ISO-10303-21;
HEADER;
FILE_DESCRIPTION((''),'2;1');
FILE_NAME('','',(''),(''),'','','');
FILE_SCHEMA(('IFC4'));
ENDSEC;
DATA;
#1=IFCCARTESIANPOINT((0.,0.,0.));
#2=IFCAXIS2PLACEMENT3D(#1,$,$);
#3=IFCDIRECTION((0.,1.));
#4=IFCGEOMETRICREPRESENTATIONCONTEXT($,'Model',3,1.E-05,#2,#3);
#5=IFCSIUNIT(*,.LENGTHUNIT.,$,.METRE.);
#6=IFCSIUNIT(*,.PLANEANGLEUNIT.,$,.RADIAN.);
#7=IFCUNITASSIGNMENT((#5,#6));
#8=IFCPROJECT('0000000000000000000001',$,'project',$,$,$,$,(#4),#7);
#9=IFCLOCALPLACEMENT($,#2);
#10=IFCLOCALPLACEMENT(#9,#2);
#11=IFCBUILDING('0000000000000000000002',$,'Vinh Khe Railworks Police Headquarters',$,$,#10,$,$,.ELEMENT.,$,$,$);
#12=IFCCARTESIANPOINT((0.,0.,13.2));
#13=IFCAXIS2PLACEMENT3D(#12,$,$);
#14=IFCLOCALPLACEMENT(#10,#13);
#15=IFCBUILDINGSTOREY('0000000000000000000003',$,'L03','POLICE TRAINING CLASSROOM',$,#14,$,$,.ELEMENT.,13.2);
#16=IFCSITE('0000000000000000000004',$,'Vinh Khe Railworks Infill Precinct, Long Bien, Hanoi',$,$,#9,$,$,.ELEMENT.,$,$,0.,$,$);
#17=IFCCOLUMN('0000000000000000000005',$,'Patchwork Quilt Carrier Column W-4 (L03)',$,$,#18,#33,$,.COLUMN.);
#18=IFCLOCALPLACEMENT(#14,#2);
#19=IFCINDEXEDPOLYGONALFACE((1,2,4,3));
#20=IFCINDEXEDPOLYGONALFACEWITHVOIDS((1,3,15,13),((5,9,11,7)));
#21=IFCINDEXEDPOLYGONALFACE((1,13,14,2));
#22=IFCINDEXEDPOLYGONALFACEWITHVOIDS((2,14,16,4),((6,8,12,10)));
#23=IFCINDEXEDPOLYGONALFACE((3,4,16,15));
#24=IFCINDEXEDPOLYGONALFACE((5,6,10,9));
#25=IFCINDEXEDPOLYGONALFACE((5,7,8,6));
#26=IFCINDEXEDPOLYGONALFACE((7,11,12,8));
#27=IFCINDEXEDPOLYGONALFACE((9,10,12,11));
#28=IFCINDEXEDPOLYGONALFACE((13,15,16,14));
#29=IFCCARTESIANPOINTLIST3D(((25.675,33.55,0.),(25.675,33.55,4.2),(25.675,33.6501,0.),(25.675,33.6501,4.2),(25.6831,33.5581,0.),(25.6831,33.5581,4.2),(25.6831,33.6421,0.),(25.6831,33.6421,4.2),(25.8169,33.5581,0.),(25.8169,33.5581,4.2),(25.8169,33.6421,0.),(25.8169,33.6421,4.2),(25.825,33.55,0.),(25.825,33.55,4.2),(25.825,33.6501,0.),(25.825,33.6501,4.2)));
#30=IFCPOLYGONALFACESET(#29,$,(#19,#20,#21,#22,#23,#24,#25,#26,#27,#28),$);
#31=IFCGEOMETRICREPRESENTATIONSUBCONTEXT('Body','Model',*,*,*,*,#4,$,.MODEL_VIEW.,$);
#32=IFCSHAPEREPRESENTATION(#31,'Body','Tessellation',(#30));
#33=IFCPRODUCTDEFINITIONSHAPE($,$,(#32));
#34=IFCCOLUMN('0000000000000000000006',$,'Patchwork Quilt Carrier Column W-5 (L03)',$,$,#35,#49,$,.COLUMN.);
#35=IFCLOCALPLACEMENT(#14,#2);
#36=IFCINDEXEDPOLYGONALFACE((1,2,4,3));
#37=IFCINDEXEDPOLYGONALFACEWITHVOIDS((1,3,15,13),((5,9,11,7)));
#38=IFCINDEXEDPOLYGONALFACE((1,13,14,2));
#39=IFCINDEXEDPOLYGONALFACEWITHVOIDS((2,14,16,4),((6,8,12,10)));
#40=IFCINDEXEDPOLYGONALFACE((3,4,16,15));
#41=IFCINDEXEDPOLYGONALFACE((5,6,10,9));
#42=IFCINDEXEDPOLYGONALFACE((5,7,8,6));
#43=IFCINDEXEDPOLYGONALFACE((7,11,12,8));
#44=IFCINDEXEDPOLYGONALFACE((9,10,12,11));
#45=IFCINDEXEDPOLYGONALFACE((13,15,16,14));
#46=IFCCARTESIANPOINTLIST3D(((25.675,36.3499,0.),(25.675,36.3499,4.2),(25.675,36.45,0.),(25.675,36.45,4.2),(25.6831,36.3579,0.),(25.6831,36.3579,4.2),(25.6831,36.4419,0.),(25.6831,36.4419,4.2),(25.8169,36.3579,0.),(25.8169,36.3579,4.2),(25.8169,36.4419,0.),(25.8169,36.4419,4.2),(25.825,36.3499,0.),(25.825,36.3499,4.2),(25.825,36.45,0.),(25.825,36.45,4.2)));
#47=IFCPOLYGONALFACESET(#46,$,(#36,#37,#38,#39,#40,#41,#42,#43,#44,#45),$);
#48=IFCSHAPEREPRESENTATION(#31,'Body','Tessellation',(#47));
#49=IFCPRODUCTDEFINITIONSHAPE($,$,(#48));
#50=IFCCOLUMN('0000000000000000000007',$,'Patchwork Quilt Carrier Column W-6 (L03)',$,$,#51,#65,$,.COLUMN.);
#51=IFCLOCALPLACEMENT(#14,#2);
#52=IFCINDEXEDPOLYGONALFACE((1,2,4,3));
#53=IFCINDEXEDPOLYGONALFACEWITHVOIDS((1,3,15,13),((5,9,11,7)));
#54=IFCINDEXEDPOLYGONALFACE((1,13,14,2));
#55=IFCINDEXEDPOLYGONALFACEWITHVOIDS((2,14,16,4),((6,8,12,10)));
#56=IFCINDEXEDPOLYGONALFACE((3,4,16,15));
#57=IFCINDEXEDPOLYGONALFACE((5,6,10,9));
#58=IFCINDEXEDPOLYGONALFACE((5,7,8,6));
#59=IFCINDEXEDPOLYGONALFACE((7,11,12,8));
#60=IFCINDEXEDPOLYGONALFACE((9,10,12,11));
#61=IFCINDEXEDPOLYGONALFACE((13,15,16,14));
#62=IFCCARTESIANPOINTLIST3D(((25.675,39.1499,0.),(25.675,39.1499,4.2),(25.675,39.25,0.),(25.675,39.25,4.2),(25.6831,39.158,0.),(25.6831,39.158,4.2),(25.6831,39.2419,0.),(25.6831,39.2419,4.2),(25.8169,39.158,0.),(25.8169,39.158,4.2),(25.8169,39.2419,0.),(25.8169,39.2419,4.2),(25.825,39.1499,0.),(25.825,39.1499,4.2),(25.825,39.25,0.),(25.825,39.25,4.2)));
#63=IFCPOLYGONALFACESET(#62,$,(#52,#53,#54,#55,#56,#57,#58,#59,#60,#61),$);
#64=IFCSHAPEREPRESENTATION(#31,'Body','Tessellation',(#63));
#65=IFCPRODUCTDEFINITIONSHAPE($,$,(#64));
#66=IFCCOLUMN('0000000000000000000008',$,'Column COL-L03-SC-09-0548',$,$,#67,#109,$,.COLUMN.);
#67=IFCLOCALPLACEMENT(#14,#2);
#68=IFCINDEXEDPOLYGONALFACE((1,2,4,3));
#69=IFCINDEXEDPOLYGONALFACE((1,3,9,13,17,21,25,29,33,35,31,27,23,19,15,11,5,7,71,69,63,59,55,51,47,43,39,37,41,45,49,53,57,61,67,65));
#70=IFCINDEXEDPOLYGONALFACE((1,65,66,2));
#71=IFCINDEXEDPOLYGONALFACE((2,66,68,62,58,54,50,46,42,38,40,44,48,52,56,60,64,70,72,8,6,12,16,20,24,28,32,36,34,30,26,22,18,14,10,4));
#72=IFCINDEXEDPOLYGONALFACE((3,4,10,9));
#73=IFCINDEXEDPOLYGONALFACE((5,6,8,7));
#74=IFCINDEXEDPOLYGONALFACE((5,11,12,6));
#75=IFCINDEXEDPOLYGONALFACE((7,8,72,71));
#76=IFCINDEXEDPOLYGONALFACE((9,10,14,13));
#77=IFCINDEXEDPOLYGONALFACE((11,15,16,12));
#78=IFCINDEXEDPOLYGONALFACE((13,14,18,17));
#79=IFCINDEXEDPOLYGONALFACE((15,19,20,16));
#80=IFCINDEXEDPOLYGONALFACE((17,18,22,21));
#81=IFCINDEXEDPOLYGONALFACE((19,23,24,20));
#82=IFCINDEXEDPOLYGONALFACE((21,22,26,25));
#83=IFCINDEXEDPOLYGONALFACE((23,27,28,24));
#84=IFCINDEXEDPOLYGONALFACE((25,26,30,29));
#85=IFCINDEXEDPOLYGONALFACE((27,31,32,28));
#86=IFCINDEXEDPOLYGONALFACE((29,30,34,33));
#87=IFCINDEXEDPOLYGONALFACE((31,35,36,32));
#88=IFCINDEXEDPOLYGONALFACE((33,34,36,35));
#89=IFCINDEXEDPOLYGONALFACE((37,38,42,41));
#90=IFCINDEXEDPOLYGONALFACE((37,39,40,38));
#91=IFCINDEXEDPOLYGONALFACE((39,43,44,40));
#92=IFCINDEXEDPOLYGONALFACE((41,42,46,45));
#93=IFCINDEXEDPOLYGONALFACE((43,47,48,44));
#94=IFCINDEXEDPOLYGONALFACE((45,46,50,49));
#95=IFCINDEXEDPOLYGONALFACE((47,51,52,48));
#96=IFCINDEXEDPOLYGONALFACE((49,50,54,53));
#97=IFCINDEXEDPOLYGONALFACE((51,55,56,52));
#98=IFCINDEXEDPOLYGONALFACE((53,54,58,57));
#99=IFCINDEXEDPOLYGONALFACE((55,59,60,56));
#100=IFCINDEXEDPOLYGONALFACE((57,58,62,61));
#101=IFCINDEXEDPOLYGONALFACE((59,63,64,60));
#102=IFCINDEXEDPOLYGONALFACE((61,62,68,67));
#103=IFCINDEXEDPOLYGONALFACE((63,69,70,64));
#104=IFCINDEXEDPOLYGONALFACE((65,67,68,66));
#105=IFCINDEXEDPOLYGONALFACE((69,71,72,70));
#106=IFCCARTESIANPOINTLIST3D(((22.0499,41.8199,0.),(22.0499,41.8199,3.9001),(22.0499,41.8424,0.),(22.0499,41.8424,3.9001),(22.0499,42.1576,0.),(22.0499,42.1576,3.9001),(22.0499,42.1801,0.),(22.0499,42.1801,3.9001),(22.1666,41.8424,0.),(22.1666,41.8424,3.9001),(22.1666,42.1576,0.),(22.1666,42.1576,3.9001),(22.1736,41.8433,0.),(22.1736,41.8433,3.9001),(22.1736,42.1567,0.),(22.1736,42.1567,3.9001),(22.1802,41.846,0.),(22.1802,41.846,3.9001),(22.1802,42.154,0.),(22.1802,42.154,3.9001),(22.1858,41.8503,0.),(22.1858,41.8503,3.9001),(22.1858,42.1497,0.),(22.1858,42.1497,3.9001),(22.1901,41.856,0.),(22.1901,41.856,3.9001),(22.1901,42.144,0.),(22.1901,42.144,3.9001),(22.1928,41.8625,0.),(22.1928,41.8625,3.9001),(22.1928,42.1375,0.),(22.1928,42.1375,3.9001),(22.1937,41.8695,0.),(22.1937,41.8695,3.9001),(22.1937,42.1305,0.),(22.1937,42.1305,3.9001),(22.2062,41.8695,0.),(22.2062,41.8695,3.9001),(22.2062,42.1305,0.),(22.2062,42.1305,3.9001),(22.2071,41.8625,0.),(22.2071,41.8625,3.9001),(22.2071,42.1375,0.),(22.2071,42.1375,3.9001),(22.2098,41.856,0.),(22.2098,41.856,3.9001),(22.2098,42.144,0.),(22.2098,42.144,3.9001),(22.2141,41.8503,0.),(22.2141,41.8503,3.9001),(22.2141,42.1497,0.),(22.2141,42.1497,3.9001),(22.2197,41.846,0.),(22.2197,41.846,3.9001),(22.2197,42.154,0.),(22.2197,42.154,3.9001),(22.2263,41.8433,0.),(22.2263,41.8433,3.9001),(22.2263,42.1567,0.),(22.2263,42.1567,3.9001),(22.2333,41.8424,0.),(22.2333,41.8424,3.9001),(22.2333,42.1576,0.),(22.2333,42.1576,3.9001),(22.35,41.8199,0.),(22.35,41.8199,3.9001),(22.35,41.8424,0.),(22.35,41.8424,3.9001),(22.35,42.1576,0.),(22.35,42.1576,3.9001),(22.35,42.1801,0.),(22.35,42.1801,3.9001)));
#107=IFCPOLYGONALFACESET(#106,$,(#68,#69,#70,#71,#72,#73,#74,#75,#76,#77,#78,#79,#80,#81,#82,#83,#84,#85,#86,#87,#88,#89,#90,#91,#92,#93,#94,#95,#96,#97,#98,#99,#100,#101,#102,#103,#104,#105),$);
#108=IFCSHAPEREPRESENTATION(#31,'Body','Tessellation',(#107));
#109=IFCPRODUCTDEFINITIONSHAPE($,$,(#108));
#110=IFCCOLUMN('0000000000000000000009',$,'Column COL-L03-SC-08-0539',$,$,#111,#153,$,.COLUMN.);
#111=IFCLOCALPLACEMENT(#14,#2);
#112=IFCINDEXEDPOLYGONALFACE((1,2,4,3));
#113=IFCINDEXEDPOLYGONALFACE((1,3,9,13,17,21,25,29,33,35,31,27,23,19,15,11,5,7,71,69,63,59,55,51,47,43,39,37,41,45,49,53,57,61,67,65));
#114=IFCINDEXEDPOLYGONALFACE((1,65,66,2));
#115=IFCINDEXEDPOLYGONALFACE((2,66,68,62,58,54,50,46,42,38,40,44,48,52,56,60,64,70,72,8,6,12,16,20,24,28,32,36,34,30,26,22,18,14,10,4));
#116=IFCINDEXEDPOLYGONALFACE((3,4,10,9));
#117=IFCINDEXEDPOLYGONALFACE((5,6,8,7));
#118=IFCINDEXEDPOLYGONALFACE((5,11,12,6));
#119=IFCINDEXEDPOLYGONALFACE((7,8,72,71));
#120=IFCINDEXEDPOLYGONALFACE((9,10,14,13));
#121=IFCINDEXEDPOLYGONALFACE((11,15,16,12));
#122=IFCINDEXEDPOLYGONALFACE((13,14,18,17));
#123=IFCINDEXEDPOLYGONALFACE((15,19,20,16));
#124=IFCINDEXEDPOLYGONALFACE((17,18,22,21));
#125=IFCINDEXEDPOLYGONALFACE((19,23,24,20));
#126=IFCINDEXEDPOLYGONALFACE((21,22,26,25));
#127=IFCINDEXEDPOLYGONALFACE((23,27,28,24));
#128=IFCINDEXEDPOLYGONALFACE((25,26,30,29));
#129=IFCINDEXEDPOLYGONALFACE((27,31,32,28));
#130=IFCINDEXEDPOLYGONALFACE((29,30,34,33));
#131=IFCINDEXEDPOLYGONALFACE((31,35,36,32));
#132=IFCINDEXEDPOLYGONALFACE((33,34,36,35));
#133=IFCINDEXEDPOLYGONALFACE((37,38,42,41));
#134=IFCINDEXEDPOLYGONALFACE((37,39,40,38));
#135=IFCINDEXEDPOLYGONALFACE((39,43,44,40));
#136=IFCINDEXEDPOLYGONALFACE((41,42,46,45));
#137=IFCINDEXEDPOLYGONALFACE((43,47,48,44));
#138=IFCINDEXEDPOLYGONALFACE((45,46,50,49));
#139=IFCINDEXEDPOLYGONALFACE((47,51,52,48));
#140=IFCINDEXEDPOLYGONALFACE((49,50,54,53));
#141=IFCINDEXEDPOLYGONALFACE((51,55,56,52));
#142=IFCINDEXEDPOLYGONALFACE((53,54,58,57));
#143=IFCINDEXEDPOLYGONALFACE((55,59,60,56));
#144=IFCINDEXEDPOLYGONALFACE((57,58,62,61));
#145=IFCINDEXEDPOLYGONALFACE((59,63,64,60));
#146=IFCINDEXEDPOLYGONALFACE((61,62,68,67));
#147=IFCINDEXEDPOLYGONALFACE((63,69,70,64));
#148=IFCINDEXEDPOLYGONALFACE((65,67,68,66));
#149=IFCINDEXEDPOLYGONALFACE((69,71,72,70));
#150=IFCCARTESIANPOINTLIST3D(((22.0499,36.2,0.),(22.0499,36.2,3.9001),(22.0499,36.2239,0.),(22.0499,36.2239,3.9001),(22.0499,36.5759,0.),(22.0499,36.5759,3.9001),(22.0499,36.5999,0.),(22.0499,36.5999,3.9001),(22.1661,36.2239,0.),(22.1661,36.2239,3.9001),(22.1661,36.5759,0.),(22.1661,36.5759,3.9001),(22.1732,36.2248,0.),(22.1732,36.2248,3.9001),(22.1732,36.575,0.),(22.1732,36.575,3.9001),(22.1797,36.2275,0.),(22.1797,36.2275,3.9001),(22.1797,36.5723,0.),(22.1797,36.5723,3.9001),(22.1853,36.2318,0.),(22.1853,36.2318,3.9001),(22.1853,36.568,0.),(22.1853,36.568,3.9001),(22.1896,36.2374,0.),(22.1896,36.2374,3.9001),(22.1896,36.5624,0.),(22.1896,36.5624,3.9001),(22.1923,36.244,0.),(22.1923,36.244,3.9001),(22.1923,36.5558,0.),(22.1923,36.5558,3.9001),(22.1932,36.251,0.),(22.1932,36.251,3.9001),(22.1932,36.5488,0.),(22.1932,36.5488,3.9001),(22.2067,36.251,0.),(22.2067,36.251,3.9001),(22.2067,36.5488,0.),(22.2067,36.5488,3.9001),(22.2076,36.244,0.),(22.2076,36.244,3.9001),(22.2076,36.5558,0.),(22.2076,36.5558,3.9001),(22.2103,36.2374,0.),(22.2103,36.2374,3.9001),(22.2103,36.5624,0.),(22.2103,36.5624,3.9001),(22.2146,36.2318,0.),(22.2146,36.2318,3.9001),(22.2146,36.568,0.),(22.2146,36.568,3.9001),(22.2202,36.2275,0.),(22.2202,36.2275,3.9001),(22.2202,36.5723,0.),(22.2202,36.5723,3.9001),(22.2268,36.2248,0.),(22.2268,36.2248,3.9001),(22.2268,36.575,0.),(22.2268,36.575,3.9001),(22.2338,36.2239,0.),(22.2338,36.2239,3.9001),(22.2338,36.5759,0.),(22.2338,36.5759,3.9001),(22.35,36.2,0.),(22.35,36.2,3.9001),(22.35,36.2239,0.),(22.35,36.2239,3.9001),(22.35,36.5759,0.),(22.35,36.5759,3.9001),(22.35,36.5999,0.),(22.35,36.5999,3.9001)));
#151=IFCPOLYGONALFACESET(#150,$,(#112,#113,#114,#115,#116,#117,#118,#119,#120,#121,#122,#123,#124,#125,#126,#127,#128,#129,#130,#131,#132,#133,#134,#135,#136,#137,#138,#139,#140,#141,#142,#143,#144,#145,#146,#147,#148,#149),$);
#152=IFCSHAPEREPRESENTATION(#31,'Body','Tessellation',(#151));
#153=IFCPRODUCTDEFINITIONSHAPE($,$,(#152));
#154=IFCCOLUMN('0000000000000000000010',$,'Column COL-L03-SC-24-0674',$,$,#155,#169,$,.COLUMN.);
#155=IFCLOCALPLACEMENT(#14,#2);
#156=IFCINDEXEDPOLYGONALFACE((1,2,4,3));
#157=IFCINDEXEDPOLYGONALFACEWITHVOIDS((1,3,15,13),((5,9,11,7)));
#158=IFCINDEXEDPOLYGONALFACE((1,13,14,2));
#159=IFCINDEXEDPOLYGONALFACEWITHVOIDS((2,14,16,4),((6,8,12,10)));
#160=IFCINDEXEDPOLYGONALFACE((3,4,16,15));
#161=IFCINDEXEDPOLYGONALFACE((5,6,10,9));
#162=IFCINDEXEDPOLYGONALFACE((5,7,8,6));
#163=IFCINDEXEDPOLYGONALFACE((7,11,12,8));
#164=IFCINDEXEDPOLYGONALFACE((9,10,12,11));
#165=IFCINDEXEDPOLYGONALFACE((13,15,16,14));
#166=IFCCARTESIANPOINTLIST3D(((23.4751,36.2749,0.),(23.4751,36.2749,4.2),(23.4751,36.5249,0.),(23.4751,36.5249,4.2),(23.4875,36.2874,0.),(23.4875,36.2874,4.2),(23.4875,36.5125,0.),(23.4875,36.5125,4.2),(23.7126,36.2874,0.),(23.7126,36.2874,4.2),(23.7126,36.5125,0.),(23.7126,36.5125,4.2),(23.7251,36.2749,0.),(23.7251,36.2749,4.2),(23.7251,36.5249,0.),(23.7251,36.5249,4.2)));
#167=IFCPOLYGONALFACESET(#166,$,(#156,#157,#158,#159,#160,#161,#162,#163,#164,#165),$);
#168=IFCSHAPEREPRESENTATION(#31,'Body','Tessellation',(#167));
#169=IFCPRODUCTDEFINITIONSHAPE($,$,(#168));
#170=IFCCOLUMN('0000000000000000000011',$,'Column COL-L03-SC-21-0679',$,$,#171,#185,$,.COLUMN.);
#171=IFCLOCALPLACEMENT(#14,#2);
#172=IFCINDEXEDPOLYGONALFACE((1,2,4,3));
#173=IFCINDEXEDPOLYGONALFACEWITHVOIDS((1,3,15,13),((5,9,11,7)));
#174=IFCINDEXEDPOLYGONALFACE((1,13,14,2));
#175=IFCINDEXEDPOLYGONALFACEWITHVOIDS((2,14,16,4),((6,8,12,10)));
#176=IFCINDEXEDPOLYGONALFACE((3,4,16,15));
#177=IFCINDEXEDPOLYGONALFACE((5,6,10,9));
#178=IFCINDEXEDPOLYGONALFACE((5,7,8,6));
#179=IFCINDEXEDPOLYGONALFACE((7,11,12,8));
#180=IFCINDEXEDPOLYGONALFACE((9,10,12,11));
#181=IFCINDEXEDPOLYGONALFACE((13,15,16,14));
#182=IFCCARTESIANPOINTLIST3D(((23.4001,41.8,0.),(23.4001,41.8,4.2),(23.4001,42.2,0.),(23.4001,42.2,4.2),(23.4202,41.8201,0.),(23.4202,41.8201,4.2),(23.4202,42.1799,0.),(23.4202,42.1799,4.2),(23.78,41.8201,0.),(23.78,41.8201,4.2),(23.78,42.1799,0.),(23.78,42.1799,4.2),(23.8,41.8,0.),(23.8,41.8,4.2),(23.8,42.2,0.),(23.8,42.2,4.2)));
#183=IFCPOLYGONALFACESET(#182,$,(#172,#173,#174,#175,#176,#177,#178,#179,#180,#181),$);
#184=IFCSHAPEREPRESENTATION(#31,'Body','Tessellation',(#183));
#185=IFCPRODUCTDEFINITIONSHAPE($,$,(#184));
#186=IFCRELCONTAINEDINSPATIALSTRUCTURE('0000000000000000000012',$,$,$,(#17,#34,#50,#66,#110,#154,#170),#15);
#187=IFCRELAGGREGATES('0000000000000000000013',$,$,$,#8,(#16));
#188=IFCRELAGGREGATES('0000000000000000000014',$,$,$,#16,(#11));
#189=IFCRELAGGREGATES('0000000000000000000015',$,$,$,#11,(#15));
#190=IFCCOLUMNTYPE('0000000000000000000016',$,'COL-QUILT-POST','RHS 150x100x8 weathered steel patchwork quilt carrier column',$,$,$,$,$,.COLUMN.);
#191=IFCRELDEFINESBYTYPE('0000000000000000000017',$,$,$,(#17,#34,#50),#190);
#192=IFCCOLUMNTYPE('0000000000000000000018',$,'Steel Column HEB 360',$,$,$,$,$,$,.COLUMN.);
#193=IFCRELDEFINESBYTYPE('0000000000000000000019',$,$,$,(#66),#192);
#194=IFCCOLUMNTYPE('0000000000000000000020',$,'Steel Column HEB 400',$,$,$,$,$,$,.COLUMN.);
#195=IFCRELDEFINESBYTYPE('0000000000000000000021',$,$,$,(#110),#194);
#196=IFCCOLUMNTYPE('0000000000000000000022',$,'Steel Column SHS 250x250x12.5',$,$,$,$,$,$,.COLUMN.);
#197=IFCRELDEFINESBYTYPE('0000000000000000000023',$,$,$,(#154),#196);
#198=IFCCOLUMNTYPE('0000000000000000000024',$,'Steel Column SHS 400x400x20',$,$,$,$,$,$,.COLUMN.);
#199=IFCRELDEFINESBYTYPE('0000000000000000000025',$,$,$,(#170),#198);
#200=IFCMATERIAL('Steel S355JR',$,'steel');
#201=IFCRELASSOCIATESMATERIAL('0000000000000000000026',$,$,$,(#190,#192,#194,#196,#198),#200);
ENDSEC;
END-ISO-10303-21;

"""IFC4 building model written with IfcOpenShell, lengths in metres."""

from ifc_helpers import new_model, si_unit, direction, frame, origin, origin_2d, place, context, subcontext, project, spatial, hollow_rectangle, i_section, extrude, material, material_profile, profile_set, type_object, element, save


model = new_model("IFC4")

# Units and contexts
model_context = context("Model", 3, precision=1e-05, world=origin(), true_north=direction((0.0, 1.0)))
body_context = subcontext(model_context, "Body", "Model", "MODEL_VIEW")
ifc_project = project(units=[si_unit("LENGTHUNIT", "METRE"), si_unit("PLANEANGLEUNIT", "RADIAN")], contexts=[model_context])

# Site, building, storey
site_placement = place(None, origin())
site = spatial("IfcSite", under=ifc_project, at=site_placement, Name="Vinh Khe Railworks Infill Precinct, Long Bien, Hanoi", CompositionType="ELEMENT", RefElevation=0.0)
building_placement = place(site_placement, origin())
building = spatial("IfcBuilding", under=site, at=building_placement, Name="Vinh Khe Railworks Police Headquarters", CompositionType="ELEMENT")
storey_placement = place(building_placement, frame((0.0, 0.0, 13.2)))
storey = spatial("IfcBuildingStorey", under=building, at=storey_placement, Name="L03", Description="POLICE TRAINING CLASSROOM", CompositionType="ELEMENT", Elevation=13.2)

# Columns
ifc_material_1 = material(Name="Steel S355JR", Category="steel")
ifc_material_profile_1 = material_profile(ifc_material_1, hollow_rectangle(XDim=0.1499, YDim=0.1001, WallThickness=0.0081, at=origin_2d()), Name="RHS 150x100x8")
ifc_profile_set_1 = profile_set([ifc_material_profile_1], Name="Steel S355JR")
column_type_1 = type_object("IfcColumnType", Name="COL-QUILT-POST", Description="RHS 150x100x8 weathered steel patchwork quilt carrier column", PredefinedType="COLUMN", material=ifc_profile_set_1)
for number, where, z_axis, x_axis, name in (
    (1, (25.75, 33.6001, 0.0), (0.0, 0.0, 1.0), (1.0, 0.0, 0.0), "Patchwork Quilt Carrier Column W-4 (L03)"),
    (2, (25.75, 36.3999, 0.0), (0.0, 0.0, 1.0), (1.0, 0.0, 0.0), "Patchwork Quilt Carrier Column W-5 (L03)"),
    (3, (25.75, 39.2, 0.0), (0.0, 0.0, 1.0), (1.0, 0.0, 0.0), "Patchwork Quilt Carrier Column W-6 (L03)"),
):
    element("IfcColumn", number, at=place(storey_placement, frame(where, z_axis=z_axis, x_axis=x_axis)), inside=storey, type_object=column_type_1, Name=name, PredefinedType="COLUMN", context=body_context, shape_type="SweptSolid", body=[
        extrude(hollow_rectangle(XDim=0.1499, YDim=0.1001, WallThickness=0.0081, at=origin_2d()), origin(), (0.0, 0.0, 1.0), 4.2),
    ])
ifc_material_profile_2 = material_profile(ifc_material_1, i_section(OverallWidth=0.3, OverallDepth=0.3601, WebThickness=0.0125, FlangeThickness=0.0225, FilletRadius=0.0271, at=origin_2d()), Name="HEB 360")
ifc_profile_set_2 = profile_set([ifc_material_profile_2], Name="Steel S355JR")
column_type_2 = type_object("IfcColumnType", Name="Steel Column HEB 360", PredefinedType="COLUMN", material=ifc_profile_set_2)
column_1_placement = place(storey_placement, frame((22.2, 42.0, 0.0), z_axis=(0.0, 0.0, 1.0), x_axis=(1.0, 0.0, 0.0)))
element("IfcColumn", 4, at=column_1_placement, inside=storey, type_object=column_type_2, Name="Column COL-L03-SC-09-0548", PredefinedType="COLUMN", context=body_context, shape_type="SweptSolid", body=[
    extrude(i_section(OverallWidth=0.3, OverallDepth=0.3601, WebThickness=0.0125, FlangeThickness=0.0225, FilletRadius=0.0271, at=origin_2d()), origin(), (0.0, 0.0, 1.0), 3.9001),
])
ifc_material_profile_3 = material_profile(ifc_material_1, i_section(OverallWidth=0.3, OverallDepth=0.3999, WebThickness=0.0134, FlangeThickness=0.0239, FilletRadius=0.0271, at=origin_2d()), Name="HEB 400")
ifc_profile_set_3 = profile_set([ifc_material_profile_3], Name="Steel S355JR")
column_type_3 = type_object("IfcColumnType", Name="Steel Column HEB 400", PredefinedType="COLUMN", material=ifc_profile_set_3)
column_2_placement = place(storey_placement, frame((22.2, 36.3999, 0.0), z_axis=(0.0, 0.0, 1.0), x_axis=(1.0, 0.0, 0.0)))
element("IfcColumn", 5, at=column_2_placement, inside=storey, type_object=column_type_3, Name="Column COL-L03-SC-08-0539", PredefinedType="COLUMN", context=body_context, shape_type="SweptSolid", body=[
    extrude(i_section(OverallWidth=0.3, OverallDepth=0.3999, WebThickness=0.0134, FlangeThickness=0.0239, FilletRadius=0.0271, at=origin_2d()), origin(), (0.0, 0.0, 1.0), 3.9001),
])
ifc_material_profile_4 = material_profile(ifc_material_1, hollow_rectangle(XDim=0.25, YDim=0.25, WallThickness=0.0125, at=origin_2d()), Name="SHS 250x250x12.5")
ifc_profile_set_4 = profile_set([ifc_material_profile_4], Name="Steel S355JR")
column_type_4 = type_object("IfcColumnType", Name="Steel Column SHS 250x250x12.5", PredefinedType="COLUMN", material=ifc_profile_set_4)
column_3_placement = place(storey_placement, frame((23.6001, 36.3999, 0.0), z_axis=(0.0, 0.0, 1.0), x_axis=(1.0, 0.0, 0.0)))
element("IfcColumn", 6, at=column_3_placement, inside=storey, type_object=column_type_4, Name="Column COL-L03-SC-24-0674", PredefinedType="COLUMN", context=body_context, shape_type="SweptSolid", body=[
    extrude(hollow_rectangle(XDim=0.25, YDim=0.25, WallThickness=0.0125, at=origin_2d()), origin(), (0.0, 0.0, 1.0), 4.2),
])
ifc_material_profile_5 = material_profile(ifc_material_1, hollow_rectangle(XDim=0.3999, YDim=0.3999, WallThickness=0.02, at=origin_2d()), Name="SHS 400x400x20")
ifc_profile_set_5 = profile_set([ifc_material_profile_5], Name="Steel S355JR")
column_type_5 = type_object("IfcColumnType", Name="Steel Column SHS 400x400x20", PredefinedType="COLUMN", material=ifc_profile_set_5)
column_4_placement = place(storey_placement, frame((23.6001, 42.0, 0.0), z_axis=(0.0, 0.0, 1.0), x_axis=(1.0, 0.0, 0.0)))
element("IfcColumn", 7, at=column_4_placement, inside=storey, type_object=column_type_5, Name="Column COL-L03-SC-21-0679", PredefinedType="COLUMN", context=body_context, shape_type="SweptSolid", body=[
    extrude(hollow_rectangle(XDim=0.3999, YDim=0.3999, WallThickness=0.02, at=origin_2d()), origin(), (0.0, 0.0, 1.0), 4.2),
])

save(model, "model.ifc")
